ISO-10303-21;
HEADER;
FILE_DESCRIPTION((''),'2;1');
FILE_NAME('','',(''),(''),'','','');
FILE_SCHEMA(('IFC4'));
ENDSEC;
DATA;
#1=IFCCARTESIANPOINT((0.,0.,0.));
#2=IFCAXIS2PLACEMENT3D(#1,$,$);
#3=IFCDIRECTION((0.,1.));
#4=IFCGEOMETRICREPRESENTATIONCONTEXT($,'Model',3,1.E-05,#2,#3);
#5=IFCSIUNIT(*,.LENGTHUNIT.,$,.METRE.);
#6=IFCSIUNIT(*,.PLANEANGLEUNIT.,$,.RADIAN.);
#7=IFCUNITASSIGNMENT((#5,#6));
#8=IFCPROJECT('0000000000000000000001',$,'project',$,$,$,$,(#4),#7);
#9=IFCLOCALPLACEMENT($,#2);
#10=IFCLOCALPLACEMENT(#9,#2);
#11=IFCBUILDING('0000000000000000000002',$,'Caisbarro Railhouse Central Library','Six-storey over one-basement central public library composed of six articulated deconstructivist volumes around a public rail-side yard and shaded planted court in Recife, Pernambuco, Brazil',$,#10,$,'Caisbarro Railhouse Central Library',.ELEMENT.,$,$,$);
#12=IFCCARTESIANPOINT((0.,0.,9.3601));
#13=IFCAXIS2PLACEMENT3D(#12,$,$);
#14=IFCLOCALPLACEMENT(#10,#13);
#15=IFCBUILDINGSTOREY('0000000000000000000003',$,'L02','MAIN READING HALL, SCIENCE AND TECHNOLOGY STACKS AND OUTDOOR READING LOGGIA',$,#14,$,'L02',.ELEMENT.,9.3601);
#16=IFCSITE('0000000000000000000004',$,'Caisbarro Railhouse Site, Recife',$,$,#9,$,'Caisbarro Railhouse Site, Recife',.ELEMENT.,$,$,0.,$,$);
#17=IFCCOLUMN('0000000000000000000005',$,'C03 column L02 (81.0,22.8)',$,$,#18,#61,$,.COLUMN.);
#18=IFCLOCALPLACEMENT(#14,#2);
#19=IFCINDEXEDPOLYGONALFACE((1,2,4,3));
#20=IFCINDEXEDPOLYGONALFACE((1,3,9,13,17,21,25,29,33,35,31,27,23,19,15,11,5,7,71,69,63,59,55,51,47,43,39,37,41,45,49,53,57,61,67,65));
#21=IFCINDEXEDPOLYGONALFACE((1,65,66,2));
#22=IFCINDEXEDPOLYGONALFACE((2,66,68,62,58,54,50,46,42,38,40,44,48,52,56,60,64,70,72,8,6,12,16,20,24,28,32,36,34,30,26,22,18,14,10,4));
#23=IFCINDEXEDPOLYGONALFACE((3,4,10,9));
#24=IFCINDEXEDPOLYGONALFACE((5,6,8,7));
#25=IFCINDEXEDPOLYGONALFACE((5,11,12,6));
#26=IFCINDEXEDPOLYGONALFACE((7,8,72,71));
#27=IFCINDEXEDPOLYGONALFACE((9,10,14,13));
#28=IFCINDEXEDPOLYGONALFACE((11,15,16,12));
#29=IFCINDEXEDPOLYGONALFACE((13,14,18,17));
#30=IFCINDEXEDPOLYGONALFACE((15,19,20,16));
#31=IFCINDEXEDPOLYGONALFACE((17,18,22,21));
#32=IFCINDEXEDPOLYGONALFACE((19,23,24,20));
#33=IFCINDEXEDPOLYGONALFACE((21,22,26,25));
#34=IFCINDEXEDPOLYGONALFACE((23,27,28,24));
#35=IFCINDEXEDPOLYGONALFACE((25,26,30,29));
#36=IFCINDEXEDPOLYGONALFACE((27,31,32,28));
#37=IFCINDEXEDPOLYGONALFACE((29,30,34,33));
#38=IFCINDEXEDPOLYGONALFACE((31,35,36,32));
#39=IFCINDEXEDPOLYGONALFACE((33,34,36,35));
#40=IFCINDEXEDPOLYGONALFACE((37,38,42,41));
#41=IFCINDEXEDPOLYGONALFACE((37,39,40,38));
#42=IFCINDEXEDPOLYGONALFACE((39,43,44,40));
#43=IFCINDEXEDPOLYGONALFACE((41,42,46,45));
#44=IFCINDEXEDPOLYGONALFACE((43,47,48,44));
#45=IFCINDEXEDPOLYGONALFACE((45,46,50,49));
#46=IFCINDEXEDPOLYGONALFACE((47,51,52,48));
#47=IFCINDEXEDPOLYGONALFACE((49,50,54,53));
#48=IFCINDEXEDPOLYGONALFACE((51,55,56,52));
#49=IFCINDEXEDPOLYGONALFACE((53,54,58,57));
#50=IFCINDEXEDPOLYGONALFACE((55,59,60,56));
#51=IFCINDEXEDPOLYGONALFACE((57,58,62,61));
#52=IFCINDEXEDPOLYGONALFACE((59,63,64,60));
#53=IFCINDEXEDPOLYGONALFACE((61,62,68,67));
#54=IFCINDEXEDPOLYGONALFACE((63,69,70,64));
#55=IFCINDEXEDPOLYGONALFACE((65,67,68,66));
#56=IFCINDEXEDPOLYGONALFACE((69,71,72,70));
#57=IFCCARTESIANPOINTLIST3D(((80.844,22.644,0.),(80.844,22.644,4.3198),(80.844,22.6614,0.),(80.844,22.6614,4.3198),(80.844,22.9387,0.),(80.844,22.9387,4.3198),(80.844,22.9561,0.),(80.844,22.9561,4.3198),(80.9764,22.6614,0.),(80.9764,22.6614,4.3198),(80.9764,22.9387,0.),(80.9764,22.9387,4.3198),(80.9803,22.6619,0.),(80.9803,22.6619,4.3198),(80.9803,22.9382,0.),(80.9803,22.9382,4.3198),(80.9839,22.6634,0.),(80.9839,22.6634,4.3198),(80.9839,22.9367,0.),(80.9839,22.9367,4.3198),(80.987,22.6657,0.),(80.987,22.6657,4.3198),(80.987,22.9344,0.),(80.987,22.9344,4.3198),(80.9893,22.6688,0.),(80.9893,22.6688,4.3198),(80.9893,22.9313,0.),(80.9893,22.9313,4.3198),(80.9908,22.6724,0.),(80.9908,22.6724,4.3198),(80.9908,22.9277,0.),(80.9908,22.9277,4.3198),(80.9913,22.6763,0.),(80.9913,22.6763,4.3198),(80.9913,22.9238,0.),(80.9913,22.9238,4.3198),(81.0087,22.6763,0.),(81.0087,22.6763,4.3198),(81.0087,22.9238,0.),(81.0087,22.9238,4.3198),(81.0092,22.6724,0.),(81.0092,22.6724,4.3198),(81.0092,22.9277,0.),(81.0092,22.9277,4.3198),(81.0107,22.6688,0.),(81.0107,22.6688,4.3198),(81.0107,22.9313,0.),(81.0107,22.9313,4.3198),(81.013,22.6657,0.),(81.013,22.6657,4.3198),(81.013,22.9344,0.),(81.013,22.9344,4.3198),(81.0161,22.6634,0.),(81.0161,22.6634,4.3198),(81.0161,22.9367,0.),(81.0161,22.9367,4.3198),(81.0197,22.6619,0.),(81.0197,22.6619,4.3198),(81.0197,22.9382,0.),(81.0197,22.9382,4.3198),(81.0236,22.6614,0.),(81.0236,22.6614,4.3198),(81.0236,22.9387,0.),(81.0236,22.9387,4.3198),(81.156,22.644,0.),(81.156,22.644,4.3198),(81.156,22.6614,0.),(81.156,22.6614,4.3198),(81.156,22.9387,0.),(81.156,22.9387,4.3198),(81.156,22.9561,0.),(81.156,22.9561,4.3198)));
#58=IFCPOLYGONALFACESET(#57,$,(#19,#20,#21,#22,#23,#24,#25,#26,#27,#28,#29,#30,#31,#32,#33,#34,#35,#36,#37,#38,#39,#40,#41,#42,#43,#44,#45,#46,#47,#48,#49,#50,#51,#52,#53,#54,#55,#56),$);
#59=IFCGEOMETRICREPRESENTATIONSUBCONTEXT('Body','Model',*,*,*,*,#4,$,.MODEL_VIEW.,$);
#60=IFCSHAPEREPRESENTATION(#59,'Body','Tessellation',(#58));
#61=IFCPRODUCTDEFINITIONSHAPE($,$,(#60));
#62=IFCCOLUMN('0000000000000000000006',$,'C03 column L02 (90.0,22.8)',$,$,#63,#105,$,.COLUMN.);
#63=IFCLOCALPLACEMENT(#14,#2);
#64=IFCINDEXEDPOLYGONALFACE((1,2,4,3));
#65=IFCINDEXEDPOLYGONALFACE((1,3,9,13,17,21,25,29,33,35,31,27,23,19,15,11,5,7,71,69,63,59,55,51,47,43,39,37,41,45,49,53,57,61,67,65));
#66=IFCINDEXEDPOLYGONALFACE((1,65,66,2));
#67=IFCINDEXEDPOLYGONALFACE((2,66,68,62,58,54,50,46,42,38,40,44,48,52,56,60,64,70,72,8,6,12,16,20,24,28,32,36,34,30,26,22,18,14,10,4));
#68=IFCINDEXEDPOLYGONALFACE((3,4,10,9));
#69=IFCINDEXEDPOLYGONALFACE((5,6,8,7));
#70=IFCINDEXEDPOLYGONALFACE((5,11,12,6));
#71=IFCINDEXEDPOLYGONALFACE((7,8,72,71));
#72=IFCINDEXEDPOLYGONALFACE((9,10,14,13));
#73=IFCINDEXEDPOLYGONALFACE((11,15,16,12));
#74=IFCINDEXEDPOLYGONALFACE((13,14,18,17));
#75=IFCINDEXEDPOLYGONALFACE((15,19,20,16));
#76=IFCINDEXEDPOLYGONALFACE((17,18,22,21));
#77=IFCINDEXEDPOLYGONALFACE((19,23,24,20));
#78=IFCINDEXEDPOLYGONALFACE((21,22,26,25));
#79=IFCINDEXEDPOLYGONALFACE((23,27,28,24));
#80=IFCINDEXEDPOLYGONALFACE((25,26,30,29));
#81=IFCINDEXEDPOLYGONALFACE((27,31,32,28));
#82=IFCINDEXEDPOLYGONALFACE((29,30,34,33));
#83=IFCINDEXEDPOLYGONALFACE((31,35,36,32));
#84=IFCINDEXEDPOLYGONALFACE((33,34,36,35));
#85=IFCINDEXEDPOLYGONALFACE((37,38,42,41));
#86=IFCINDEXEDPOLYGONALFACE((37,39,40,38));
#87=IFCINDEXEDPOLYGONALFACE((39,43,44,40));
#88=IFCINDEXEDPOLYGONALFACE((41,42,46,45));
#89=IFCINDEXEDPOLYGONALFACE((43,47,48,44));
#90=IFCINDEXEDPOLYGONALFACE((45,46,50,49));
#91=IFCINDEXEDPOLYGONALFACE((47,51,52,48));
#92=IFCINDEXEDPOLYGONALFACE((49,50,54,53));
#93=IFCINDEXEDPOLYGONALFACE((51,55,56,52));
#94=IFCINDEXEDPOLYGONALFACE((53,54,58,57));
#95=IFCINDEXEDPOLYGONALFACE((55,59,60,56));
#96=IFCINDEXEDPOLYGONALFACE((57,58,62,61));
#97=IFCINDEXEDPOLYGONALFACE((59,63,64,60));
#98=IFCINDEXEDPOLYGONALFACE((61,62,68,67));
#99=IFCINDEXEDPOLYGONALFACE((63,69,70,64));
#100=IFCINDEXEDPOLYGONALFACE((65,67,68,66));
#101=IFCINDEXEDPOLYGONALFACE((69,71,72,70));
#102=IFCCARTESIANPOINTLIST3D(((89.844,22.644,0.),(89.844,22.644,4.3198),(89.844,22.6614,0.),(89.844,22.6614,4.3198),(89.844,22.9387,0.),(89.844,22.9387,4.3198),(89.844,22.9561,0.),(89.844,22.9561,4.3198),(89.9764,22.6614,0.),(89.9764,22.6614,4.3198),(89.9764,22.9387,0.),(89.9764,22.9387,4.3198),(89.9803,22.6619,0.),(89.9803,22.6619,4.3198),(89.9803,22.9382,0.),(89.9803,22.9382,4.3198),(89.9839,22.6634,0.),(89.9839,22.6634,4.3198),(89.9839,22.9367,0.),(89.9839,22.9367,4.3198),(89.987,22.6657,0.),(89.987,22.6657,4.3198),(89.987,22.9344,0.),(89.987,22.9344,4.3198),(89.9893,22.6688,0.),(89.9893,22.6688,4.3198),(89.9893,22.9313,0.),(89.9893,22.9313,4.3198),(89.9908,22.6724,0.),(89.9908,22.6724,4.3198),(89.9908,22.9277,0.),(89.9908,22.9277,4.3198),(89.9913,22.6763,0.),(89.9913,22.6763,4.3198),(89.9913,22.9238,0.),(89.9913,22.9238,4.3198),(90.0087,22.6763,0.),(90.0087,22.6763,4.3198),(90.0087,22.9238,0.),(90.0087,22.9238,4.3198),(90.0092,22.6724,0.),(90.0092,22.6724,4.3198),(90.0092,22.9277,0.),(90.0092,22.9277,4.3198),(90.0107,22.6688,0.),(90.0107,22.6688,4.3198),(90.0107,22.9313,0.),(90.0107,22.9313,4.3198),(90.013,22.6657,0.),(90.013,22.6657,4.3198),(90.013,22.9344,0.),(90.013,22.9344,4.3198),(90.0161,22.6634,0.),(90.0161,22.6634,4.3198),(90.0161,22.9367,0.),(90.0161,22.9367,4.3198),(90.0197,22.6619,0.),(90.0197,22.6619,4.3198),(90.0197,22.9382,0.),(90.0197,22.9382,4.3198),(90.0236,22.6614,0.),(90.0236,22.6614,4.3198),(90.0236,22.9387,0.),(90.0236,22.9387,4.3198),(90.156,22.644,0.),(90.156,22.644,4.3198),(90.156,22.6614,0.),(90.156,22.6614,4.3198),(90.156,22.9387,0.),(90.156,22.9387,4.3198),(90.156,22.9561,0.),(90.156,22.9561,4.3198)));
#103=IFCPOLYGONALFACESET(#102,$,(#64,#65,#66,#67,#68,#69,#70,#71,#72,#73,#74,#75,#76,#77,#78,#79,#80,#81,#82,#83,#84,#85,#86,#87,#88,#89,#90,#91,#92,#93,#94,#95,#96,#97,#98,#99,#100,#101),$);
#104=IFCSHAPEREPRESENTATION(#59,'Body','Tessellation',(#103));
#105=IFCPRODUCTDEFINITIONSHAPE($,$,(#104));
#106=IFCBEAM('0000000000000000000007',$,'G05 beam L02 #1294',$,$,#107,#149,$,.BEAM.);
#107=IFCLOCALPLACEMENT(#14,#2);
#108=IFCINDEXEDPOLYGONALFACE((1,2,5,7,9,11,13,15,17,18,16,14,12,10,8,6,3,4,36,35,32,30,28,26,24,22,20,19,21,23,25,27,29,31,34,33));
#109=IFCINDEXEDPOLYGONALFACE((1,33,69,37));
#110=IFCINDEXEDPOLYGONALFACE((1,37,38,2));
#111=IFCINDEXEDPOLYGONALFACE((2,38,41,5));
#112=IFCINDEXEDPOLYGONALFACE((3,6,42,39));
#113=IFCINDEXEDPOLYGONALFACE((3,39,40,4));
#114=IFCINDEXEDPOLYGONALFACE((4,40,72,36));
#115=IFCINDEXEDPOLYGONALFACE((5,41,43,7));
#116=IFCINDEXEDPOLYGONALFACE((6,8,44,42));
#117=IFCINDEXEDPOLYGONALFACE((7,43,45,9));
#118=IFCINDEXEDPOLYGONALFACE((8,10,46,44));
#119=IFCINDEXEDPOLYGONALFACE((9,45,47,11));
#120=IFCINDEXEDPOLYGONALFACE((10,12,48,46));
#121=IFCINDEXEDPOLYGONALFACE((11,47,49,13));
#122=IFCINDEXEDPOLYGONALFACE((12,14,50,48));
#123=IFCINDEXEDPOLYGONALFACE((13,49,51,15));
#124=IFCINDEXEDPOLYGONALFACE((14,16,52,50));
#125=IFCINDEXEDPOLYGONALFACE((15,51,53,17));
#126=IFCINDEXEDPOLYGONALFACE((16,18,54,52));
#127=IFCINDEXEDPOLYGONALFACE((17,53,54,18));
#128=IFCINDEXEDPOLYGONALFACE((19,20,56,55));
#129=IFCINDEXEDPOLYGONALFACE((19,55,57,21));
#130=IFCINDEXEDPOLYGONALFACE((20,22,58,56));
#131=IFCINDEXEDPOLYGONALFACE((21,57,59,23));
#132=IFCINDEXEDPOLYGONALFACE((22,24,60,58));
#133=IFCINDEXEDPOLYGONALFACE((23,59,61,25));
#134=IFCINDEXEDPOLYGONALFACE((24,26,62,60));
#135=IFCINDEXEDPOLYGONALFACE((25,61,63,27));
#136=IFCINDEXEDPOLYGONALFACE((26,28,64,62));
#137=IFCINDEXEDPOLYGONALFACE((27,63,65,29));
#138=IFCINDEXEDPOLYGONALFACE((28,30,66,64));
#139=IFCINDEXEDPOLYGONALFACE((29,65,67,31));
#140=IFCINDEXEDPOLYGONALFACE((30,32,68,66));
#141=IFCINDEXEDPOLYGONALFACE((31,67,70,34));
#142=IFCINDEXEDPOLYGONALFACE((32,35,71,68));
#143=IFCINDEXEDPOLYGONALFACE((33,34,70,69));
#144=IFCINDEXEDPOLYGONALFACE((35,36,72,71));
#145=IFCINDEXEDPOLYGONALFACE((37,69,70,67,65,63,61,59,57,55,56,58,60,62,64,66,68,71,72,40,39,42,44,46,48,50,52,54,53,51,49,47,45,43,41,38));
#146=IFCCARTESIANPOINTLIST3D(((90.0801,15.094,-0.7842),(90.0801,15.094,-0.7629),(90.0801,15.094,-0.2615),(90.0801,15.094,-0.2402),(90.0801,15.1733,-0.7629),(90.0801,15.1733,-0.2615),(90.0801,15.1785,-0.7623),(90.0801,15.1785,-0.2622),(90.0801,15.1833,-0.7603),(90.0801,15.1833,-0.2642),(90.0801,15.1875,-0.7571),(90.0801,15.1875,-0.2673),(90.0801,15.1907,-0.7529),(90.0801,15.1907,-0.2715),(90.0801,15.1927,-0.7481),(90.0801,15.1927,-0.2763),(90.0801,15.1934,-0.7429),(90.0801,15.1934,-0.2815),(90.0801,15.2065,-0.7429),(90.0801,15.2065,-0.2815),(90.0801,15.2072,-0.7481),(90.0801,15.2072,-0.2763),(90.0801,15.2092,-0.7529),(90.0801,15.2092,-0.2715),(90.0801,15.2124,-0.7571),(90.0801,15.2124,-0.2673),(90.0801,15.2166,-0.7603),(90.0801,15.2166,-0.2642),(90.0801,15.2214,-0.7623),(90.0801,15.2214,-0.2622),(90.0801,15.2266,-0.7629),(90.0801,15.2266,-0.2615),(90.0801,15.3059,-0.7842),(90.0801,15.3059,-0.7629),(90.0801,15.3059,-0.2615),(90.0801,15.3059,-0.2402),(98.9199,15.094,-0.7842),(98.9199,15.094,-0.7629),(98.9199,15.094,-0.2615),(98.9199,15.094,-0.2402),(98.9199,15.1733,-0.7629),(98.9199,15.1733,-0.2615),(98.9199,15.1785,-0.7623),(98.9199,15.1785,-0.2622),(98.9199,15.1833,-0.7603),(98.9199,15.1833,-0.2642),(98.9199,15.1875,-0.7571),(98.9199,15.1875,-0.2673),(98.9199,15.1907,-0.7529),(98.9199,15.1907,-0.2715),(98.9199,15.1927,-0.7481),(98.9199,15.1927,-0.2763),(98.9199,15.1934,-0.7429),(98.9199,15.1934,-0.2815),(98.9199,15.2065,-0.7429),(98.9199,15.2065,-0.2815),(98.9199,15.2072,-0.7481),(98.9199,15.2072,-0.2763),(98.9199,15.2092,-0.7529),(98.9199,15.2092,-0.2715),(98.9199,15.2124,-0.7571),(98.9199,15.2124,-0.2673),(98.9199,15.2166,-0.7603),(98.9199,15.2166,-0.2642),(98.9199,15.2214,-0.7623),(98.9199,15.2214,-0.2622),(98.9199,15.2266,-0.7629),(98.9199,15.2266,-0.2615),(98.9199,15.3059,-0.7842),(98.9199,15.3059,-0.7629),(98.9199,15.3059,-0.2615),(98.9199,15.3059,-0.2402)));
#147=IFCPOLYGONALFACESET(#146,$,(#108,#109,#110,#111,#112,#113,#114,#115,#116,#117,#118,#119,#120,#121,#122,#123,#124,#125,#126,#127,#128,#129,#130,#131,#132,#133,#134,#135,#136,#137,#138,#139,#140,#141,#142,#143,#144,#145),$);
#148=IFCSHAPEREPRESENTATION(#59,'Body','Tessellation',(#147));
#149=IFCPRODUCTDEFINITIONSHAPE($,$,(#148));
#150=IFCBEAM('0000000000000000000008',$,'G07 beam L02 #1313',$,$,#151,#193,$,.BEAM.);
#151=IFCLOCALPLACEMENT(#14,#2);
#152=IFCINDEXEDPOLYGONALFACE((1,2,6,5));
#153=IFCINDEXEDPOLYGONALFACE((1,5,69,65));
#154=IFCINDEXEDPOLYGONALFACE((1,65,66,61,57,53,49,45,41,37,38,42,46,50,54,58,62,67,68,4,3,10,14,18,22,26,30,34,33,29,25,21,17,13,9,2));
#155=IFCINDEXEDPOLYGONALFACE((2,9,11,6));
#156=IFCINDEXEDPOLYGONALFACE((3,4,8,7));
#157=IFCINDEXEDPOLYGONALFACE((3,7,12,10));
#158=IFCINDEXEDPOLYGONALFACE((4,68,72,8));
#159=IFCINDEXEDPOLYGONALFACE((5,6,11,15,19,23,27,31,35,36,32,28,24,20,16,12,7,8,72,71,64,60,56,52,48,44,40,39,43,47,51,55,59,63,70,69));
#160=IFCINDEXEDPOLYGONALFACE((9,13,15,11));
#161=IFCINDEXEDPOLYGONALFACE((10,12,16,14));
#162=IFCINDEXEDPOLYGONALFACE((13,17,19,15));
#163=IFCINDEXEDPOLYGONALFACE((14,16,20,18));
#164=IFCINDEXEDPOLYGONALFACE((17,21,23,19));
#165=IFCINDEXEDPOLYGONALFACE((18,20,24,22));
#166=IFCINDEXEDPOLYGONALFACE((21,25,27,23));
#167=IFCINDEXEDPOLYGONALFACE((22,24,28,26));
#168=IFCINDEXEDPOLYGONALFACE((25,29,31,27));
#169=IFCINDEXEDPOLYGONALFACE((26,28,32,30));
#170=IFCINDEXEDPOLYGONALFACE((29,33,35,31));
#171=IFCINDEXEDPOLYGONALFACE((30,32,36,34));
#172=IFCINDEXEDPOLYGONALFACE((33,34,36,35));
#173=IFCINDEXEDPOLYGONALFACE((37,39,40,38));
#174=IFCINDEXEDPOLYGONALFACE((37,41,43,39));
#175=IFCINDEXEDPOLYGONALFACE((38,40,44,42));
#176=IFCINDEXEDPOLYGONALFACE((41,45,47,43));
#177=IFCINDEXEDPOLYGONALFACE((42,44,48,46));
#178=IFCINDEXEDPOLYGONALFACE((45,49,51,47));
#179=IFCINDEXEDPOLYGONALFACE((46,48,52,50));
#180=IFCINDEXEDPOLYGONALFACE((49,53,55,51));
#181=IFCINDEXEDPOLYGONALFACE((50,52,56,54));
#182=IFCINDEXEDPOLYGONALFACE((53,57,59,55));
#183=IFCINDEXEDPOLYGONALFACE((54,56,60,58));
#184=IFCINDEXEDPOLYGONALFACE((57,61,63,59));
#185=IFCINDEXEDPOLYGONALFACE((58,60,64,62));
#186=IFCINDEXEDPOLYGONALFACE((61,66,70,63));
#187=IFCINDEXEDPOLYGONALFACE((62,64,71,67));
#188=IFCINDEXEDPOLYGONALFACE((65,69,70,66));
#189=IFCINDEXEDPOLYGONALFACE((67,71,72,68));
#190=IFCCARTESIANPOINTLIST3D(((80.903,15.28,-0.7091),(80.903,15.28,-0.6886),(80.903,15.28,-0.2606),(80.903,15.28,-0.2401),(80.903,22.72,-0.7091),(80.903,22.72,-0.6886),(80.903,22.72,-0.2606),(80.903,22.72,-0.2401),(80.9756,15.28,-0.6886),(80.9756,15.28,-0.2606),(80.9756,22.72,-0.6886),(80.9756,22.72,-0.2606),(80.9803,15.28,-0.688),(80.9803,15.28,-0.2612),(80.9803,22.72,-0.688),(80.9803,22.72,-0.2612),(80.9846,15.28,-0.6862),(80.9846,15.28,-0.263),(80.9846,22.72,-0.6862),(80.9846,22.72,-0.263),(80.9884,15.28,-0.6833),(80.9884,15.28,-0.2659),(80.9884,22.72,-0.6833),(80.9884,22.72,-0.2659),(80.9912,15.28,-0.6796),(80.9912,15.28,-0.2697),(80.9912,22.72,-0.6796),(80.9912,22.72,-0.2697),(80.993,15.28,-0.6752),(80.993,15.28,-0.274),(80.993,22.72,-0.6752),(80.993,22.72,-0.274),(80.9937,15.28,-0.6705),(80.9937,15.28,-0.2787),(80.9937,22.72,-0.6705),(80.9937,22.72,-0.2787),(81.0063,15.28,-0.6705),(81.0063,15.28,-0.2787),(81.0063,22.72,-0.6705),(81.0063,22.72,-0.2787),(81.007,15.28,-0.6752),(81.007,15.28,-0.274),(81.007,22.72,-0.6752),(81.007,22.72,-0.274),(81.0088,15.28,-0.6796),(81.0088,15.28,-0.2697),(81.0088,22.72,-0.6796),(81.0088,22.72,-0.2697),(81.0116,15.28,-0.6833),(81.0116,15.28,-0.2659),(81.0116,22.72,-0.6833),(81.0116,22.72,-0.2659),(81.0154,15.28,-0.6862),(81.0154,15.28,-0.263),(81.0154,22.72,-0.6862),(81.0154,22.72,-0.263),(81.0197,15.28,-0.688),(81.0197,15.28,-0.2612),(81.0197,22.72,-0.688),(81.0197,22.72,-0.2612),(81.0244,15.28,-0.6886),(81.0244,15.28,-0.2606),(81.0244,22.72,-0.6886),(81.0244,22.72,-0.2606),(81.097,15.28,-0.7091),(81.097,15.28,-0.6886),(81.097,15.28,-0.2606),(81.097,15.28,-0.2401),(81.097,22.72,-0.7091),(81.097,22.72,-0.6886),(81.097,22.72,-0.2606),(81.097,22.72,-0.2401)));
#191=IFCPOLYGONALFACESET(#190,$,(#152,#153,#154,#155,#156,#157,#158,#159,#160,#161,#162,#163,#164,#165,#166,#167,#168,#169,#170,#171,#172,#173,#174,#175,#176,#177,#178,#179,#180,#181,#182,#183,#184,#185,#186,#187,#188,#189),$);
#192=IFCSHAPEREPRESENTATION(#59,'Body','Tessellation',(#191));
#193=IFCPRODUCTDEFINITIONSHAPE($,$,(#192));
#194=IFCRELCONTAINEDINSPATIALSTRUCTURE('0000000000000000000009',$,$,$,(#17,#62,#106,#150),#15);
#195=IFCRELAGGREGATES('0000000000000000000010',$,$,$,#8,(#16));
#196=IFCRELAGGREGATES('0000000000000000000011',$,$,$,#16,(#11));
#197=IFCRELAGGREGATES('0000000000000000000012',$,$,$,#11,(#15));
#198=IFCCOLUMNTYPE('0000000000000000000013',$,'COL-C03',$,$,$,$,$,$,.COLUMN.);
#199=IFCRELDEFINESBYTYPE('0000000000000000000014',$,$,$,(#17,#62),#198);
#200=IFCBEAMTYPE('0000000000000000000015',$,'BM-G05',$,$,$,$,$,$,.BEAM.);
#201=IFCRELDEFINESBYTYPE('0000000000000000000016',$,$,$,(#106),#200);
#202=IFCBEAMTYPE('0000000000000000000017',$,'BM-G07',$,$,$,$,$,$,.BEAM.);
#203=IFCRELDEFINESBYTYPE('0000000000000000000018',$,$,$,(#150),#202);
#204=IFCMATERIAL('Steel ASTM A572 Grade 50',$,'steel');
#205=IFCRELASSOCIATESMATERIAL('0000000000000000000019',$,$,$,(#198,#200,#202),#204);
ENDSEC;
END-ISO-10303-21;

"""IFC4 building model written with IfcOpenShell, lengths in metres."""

from ifc_helpers import new_model, si_unit, direction, frame, origin, origin_2d, place, context, subcontext, project, spatial, i_section, extrude, material, material_profile, profile_set, type_object, element, save


model = new_model("IFC4")

# Units and contexts
model_context = context("Model", 3, precision=1e-05, world=origin(), true_north=direction((0.0, 1.0)))
body_context = subcontext(model_context, "Body", "Model", "MODEL_VIEW")
ifc_project = project(units=[si_unit("LENGTHUNIT", "METRE"), si_unit("PLANEANGLEUNIT", "RADIAN")], contexts=[model_context])

# Site, building, storey
site_placement = place(None, origin())
site = spatial("IfcSite", under=ifc_project, at=site_placement, Name="Caisbarro Railhouse Site, Recife", LongName="Caisbarro Railhouse Site, Recife", CompositionType="ELEMENT", RefElevation=0.0)
building_placement = place(site_placement, origin())
building = spatial("IfcBuilding", under=site, at=building_placement, Name="Caisbarro Railhouse Central Library", Description="Six-storey over one-basement central public library composed of six articulated deconstructivist volumes around a public rail-side yard and shaded planted court in Recife, Pernambuco, Brazil", LongName="Caisbarro Railhouse Central Library", CompositionType="ELEMENT")
storey_placement = place(building_placement, frame((0.0, 0.0, 9.3601)))
storey = spatial("IfcBuildingStorey", under=building, at=storey_placement, Name="L02", Description="MAIN READING HALL, SCIENCE AND TECHNOLOGY STACKS AND OUTDOOR READING LOGGIA", LongName="L02", CompositionType="ELEMENT", Elevation=9.3601)

# Columns
ifc_material_1 = material(Name="Steel ASTM A572 Grade 50", Category="steel")
ifc_material_profile_1 = material_profile(ifc_material_1, i_section(OverallWidth=0.312, OverallDepth=0.312, WebThickness=0.0173, FlangeThickness=0.0173, FilletRadius=0.0149, at=origin_2d()), Name="HP310X125.0")
ifc_profile_set_1 = profile_set([ifc_material_profile_1], Name="Steel ASTM A572 Grade 50")
column_type = type_object("IfcColumnType", Name="COL-C03", PredefinedType="COLUMN", material=ifc_profile_set_1)
for number, where, z_axis, x_axis, name in (
    (1, (81.0, 22.8, 0.0), (0.0, 0.0, 1.0), (1.0, 0.0, 0.0), "C03 column L02 (81.0,22.8)"),
    (2, (90.0, 22.8, 0.0), (0.0, 0.0, 1.0), (1.0, 0.0, 0.0), "C03 column L02 (90.0,22.8)"),
):
    element("IfcColumn", number, at=place(storey_placement, frame(where, z_axis=z_axis, x_axis=x_axis)), inside=storey, type_object=column_type, Name=name, PredefinedType="COLUMN", context=body_context, shape_type="SweptSolid", body=[
        extrude(i_section(OverallWidth=0.312, OverallDepth=0.312, WebThickness=0.0173, FlangeThickness=0.0173, FilletRadius=0.0149, at=origin_2d()), origin(), (0.0, 0.0, 1.0), 4.3198),
    ])

# Beams
ifc_material_profile_2 = material_profile(ifc_material_1, i_section(OverallWidth=0.2119, OverallDepth=0.5439, WebThickness=0.0132, FlangeThickness=0.0212, FilletRadius=0.02, at=origin_2d()), Name="W530X123.0")
ifc_profile_set_2 = profile_set([ifc_material_profile_2], Name="Steel ASTM A572 Grade 50")
beam_type_1 = type_object("IfcBeamType", Name="BM-G05", PredefinedType="BEAM", material=ifc_profile_set_2)
beam_placement = place(storey_placement, frame((90.0801, 15.2, -0.5122), z_axis=(1.0, 0.0, 0.0), x_axis=(0.0, 1.0, 0.0)))
element("IfcBeam", 3, at=beam_placement, inside=storey, type_object=beam_type_1, Name="G05 beam L02 #1294", PredefinedType="BEAM", context=body_context, shape_type="SweptSolid", body=[
    extrude(i_section(OverallWidth=0.2119, OverallDepth=0.5439, WebThickness=0.0132, FlangeThickness=0.0212, FilletRadius=0.02, at=origin_2d()), origin(), (0.0, 0.0, 1.0), 8.8398),
])
ifc_material_profile_3 = material_profile(ifc_material_1, i_section(OverallWidth=0.1941, OverallDepth=0.469, WebThickness=0.0127, FlangeThickness=0.0205, FilletRadius=0.0181, at=origin_2d()), Name="W460X106.0")
ifc_profile_set_3 = profile_set([ifc_material_profile_3], Name="Steel ASTM A572 Grade 50")
beam_type_2 = type_object("IfcBeamType", Name="BM-G07", PredefinedType="BEAM", material=ifc_profile_set_3)
for number, where, z_axis, x_axis, name in (
    (4, (81.0, 15.28, -0.4746), (0.0, 1.0, 0.0), (-1.0, 0.0, 0.0), "G07 beam L02 #1313"),
):
    element("IfcBeam", number, at=place(storey_placement, frame(where, z_axis=z_axis, x_axis=x_axis)), inside=storey, type_object=beam_type_2, Name=name, PredefinedType="BEAM", context=body_context, shape_type="SweptSolid", body=[
        extrude(i_section(OverallWidth=0.1941, OverallDepth=0.469, WebThickness=0.0127, FlangeThickness=0.0205, FilletRadius=0.0181, at=origin_2d()), origin(), (0.0, 0.0, 1.0), 7.4399),
    ])

save(model, "model.ifc")
